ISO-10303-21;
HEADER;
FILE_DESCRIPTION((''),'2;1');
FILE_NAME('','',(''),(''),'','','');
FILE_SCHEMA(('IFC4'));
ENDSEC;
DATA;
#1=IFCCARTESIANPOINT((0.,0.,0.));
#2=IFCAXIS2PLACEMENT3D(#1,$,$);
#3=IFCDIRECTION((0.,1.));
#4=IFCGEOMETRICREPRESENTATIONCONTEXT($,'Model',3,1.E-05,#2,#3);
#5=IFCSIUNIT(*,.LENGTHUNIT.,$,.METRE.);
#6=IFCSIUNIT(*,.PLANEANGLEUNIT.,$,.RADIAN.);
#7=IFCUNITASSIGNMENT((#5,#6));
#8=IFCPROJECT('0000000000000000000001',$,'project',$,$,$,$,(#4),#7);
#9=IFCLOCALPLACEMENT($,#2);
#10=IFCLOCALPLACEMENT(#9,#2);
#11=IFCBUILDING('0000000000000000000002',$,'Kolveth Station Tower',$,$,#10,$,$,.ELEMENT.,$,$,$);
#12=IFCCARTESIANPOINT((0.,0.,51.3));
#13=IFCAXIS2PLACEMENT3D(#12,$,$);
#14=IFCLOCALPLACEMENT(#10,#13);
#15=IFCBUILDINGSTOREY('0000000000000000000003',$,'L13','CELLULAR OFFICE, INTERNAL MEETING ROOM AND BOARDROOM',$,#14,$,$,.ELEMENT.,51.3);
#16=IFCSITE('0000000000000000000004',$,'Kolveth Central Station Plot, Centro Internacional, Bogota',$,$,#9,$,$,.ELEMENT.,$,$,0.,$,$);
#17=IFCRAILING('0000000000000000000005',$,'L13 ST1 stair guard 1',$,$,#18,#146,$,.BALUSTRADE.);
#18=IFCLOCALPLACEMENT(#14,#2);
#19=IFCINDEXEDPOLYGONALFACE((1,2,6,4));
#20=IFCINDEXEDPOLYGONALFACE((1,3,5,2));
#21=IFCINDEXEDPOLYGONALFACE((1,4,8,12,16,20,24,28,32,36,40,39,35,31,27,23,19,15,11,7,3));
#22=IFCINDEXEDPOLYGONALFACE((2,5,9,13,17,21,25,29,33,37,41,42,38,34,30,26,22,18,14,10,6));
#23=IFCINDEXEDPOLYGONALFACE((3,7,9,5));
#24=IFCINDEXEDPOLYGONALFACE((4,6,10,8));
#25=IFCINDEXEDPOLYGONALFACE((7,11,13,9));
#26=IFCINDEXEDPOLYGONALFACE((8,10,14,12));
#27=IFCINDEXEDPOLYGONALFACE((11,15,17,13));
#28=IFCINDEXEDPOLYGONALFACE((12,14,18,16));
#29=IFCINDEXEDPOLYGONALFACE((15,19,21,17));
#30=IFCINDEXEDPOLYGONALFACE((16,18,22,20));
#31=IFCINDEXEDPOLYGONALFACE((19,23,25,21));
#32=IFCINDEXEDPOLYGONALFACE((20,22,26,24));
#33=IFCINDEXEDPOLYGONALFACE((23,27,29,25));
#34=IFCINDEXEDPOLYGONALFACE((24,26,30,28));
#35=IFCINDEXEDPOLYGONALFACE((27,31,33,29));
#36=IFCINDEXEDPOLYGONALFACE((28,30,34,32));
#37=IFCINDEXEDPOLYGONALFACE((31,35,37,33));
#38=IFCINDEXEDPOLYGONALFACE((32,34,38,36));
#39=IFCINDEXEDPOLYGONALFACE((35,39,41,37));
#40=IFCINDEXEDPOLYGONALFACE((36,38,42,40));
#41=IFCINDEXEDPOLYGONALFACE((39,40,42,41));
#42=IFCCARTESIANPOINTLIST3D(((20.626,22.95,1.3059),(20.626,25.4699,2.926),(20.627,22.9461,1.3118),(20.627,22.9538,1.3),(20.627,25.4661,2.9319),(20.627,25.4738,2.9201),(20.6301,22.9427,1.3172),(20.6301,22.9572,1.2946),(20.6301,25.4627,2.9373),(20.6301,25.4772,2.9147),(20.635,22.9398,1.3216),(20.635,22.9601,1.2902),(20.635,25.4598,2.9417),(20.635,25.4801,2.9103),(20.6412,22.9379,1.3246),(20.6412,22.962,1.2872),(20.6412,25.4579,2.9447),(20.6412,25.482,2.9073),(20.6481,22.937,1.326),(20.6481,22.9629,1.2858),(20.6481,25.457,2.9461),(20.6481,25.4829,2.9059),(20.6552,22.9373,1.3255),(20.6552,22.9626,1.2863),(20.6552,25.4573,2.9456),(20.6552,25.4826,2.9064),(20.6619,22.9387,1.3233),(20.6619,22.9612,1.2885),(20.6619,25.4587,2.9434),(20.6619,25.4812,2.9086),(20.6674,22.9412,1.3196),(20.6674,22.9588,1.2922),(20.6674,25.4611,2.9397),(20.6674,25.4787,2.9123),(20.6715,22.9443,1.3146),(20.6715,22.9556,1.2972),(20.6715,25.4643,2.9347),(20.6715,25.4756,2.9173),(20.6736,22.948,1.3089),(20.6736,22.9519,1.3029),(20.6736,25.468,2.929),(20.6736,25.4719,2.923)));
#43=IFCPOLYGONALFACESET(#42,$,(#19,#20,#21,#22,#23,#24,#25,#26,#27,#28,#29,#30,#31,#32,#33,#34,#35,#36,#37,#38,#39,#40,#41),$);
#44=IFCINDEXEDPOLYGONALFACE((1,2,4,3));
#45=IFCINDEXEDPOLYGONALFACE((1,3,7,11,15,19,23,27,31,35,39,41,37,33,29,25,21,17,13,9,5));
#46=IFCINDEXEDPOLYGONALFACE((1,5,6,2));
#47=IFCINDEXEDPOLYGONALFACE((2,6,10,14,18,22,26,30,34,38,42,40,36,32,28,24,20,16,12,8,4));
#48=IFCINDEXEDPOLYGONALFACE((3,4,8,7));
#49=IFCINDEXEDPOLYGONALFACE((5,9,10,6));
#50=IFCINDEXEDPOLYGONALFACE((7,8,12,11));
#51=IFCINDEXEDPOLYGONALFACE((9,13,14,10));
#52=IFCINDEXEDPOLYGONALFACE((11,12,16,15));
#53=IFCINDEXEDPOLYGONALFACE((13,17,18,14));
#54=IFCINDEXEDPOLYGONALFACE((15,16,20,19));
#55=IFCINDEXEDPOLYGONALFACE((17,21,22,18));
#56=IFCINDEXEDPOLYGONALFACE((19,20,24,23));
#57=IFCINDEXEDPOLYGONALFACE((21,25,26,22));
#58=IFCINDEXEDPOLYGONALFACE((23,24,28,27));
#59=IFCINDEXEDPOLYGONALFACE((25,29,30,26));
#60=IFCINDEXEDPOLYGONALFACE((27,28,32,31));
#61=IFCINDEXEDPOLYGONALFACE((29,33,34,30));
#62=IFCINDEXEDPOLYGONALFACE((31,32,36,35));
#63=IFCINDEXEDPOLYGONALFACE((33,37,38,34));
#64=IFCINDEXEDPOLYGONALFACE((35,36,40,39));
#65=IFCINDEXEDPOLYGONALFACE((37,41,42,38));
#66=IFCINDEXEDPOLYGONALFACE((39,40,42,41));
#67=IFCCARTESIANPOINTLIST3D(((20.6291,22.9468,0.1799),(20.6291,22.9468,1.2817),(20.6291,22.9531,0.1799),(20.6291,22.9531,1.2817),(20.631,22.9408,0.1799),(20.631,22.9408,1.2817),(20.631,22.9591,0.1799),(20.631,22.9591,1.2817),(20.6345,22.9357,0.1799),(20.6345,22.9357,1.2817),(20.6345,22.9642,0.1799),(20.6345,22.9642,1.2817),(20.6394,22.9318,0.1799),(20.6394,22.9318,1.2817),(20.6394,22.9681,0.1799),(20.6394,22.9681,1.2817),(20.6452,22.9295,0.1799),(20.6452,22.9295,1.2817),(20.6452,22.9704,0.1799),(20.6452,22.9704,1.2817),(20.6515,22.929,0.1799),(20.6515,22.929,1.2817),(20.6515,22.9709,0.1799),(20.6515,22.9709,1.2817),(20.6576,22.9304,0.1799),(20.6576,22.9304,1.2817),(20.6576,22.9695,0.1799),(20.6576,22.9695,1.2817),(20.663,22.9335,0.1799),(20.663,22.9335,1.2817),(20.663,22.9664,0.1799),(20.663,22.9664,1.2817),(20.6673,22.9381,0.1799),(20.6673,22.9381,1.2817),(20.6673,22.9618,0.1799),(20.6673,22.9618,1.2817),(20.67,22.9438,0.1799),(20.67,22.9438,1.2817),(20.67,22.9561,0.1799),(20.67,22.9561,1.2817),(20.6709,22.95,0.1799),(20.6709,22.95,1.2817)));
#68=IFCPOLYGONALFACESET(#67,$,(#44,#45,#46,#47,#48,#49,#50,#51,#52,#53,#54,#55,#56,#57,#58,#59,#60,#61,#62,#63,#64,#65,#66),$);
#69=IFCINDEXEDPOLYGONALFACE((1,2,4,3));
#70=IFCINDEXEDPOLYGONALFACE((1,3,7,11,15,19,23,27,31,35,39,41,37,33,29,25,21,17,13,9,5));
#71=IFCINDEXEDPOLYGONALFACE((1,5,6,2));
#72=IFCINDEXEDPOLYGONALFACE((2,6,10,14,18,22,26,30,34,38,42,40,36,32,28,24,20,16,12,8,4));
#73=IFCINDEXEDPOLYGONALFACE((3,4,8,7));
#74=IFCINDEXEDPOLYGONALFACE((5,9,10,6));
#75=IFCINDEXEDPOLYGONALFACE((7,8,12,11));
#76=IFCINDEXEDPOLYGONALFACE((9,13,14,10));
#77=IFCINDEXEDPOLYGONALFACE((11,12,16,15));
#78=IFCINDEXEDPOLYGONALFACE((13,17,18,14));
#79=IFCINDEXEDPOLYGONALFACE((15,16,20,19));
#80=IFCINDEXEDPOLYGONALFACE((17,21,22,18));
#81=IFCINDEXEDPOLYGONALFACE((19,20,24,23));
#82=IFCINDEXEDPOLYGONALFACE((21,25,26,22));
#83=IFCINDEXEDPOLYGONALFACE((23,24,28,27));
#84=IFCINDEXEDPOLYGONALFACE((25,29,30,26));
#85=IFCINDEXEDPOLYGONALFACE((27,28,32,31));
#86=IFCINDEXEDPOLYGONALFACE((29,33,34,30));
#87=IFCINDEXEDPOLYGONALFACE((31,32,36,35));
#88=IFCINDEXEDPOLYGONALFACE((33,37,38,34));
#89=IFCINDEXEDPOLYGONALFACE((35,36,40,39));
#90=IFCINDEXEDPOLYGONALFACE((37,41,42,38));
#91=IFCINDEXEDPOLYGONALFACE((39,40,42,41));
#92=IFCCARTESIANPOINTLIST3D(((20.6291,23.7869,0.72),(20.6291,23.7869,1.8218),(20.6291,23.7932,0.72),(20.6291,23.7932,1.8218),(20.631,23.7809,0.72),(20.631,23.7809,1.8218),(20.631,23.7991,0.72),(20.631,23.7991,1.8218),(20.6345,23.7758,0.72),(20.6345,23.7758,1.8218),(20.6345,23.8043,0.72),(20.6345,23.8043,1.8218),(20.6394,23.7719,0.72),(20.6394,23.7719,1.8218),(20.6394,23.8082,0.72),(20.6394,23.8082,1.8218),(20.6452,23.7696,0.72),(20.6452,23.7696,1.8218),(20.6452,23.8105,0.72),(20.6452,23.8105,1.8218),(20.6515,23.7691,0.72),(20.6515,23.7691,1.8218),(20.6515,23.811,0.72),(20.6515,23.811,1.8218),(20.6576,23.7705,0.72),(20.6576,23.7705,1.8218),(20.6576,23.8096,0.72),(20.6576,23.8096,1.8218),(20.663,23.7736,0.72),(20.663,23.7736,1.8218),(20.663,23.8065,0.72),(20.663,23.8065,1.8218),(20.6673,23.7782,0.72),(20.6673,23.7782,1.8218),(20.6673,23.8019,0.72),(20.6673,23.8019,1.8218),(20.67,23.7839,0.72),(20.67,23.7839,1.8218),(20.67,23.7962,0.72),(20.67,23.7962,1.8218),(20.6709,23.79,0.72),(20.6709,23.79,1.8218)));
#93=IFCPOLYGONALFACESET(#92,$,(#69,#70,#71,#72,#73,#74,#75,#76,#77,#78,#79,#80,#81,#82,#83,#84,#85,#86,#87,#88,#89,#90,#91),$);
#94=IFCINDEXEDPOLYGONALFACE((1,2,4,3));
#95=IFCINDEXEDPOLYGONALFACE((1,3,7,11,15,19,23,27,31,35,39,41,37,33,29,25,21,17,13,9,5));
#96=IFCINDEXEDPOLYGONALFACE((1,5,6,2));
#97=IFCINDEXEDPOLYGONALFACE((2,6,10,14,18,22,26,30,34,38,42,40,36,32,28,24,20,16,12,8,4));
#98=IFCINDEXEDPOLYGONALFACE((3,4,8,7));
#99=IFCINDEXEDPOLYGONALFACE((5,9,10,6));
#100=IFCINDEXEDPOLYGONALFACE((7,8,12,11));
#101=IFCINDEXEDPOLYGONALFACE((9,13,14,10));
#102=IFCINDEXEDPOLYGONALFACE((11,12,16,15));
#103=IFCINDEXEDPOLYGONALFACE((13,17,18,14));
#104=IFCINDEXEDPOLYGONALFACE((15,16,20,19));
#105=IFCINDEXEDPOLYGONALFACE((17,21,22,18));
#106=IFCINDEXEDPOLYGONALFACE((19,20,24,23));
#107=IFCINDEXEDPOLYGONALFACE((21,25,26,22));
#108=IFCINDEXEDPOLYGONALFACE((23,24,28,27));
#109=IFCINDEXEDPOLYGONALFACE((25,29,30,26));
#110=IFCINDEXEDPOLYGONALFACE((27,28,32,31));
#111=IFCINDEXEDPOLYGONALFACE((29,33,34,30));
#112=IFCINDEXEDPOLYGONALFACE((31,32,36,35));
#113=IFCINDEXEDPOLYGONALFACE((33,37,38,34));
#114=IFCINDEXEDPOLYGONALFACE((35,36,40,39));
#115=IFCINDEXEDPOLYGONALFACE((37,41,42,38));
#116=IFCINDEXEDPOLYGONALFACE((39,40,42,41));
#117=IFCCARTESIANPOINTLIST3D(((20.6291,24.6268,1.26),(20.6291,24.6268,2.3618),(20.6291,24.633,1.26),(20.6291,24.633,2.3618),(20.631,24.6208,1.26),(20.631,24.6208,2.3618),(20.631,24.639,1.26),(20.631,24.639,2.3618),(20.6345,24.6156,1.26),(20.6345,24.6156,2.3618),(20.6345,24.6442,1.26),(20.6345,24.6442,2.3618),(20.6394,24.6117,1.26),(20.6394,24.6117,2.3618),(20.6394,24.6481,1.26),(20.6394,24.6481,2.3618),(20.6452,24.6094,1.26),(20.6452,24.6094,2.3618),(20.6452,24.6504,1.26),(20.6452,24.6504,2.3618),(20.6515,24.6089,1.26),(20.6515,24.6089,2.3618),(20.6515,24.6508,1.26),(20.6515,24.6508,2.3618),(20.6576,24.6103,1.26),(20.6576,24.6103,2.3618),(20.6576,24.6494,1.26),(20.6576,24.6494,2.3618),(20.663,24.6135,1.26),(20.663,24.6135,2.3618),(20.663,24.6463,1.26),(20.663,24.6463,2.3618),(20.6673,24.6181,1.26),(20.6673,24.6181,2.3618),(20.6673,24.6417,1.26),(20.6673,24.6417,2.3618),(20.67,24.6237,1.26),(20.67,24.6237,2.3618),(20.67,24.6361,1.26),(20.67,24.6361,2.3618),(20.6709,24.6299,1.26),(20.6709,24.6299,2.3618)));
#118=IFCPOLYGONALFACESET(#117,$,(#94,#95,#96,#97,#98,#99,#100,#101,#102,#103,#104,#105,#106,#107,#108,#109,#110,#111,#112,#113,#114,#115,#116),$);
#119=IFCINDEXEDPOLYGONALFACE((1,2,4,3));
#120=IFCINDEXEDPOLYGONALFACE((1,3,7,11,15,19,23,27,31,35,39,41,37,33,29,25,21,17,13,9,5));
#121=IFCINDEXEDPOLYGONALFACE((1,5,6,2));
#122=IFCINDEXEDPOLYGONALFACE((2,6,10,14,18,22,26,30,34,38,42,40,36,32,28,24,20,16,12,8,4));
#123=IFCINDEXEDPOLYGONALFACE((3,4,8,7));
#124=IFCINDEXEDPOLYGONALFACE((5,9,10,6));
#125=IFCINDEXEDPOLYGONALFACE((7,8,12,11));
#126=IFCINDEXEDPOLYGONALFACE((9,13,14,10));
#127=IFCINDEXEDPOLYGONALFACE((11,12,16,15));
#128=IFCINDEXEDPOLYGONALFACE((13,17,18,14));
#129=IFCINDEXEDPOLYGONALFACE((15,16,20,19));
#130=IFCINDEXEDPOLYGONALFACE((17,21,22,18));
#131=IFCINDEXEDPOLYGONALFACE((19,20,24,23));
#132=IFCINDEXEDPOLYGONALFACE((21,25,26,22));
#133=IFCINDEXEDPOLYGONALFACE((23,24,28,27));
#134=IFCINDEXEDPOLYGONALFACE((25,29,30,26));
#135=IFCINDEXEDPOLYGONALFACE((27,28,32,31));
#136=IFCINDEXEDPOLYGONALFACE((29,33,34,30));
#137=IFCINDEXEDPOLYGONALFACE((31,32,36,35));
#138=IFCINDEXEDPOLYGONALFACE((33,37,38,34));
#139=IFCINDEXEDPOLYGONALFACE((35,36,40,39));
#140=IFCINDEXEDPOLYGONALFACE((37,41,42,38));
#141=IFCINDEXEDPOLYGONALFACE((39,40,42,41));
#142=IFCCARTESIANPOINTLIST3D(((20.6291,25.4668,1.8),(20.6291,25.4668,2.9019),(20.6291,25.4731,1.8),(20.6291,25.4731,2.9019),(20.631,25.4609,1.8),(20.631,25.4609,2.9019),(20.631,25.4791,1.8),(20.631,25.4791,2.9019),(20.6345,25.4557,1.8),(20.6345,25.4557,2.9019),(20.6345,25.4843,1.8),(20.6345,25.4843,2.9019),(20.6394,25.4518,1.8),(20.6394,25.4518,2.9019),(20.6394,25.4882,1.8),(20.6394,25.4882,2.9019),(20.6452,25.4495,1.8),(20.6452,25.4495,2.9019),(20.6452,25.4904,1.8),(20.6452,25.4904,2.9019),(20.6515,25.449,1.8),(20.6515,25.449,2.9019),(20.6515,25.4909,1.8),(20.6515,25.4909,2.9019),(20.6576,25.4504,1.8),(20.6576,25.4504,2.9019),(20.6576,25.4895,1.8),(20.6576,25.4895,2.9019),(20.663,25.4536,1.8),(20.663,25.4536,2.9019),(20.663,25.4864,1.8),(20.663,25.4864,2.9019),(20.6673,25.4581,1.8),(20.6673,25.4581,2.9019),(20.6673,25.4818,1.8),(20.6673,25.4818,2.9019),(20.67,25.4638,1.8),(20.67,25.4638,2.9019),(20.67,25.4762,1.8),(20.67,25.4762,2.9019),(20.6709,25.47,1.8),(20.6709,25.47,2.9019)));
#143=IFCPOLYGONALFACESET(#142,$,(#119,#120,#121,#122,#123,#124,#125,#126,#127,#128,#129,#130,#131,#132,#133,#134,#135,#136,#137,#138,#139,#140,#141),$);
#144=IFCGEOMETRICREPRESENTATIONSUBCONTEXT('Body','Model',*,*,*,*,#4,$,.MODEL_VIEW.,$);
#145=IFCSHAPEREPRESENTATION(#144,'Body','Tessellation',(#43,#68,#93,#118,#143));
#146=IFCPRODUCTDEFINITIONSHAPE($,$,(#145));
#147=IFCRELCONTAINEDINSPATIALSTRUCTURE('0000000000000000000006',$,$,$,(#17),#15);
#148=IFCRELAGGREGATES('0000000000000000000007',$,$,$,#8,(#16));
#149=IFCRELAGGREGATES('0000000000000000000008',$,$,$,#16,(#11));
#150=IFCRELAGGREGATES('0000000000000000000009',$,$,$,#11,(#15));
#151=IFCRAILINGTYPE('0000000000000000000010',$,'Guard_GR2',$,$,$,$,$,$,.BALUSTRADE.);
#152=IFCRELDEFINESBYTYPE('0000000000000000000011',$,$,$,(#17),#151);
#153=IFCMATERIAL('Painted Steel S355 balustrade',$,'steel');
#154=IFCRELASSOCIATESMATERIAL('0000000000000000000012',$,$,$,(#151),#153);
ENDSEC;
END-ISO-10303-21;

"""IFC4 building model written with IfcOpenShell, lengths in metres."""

from ifc_helpers import new_model, si_unit, direction, frame, origin, origin_2d, place, context, subcontext, project, spatial, circle, extrude, material, type_object, element, save


model = new_model("IFC4")

# Units and contexts
model_context = context("Model", 3, precision=1e-05, world=origin(), true_north=direction((0.0, 1.0)))
body_context = subcontext(model_context, "Body", "Model", "MODEL_VIEW")
ifc_project = project(units=[si_unit("LENGTHUNIT", "METRE"), si_unit("PLANEANGLEUNIT", "RADIAN")], contexts=[model_context])

# Site, building, storey
site_placement = place(None, origin())
site = spatial("IfcSite", under=ifc_project, at=site_placement, Name="Kolveth Central Station Plot, Centro Internacional, Bogota", CompositionType="ELEMENT", RefElevation=0.0)
building_placement = place(site_placement, origin())
building = spatial("IfcBuilding", under=site, at=building_placement, Name="Kolveth Station Tower", CompositionType="ELEMENT")
storey_placement = place(building_placement, frame((0.0, 0.0, 51.3)))
storey = spatial("IfcBuildingStorey", under=building, at=storey_placement, Name="L13", Description="CELLULAR OFFICE, INTERNAL MEETING ROOM AND BOARDROOM", CompositionType="ELEMENT", Elevation=51.3)

# Railing
ifc_material_1 = material(Name="Painted Steel S355 balustrade", Category="steel")
railing_type_1 = type_object("IfcRailingType", Name="Guard_GR2", PredefinedType="BALUSTRADE", material=ifc_material_1)
railing_1_placement = place(storey_placement, frame((20.6499, 22.95, 0.1799)))
element("IfcRailing", 1, at=railing_1_placement, inside=storey, type_object=railing_type_1, Name="L13 ST1 stair guard 1", PredefinedType="BALUSTRADE", context=body_context, shape_type="SweptSolid", body=[
    extrude(circle(Radius=0.0239, at=origin_2d()), frame((0.0, 0.0, 1.126), z_axis=(0.0, 0.841163, 0.540782), x_axis=(-1.0, 0.0, 0.0)), (0.0, 0.0, 1.0), 2.9958),
    extrude(circle(Radius=0.021, at=origin_2d()), origin(), (0.0, 0.0, 1.0), 1.1018),
    extrude(circle(Radius=0.021, at=origin_2d()), frame((0.0, 0.8401, 0.54)), (0.0, 0.0, 1.0), 1.1018),
    extrude(circle(Radius=0.021, at=origin_2d()), frame((0.0, 1.6799, 1.0801)), (0.0, 0.0, 1.0), 1.1018),
    extrude(circle(Radius=0.021, at=origin_2d()), frame((0.0, 2.52, 1.6201)), (0.0, 0.0, 1.0), 1.1018),
])

save(model, "model.ifc")
